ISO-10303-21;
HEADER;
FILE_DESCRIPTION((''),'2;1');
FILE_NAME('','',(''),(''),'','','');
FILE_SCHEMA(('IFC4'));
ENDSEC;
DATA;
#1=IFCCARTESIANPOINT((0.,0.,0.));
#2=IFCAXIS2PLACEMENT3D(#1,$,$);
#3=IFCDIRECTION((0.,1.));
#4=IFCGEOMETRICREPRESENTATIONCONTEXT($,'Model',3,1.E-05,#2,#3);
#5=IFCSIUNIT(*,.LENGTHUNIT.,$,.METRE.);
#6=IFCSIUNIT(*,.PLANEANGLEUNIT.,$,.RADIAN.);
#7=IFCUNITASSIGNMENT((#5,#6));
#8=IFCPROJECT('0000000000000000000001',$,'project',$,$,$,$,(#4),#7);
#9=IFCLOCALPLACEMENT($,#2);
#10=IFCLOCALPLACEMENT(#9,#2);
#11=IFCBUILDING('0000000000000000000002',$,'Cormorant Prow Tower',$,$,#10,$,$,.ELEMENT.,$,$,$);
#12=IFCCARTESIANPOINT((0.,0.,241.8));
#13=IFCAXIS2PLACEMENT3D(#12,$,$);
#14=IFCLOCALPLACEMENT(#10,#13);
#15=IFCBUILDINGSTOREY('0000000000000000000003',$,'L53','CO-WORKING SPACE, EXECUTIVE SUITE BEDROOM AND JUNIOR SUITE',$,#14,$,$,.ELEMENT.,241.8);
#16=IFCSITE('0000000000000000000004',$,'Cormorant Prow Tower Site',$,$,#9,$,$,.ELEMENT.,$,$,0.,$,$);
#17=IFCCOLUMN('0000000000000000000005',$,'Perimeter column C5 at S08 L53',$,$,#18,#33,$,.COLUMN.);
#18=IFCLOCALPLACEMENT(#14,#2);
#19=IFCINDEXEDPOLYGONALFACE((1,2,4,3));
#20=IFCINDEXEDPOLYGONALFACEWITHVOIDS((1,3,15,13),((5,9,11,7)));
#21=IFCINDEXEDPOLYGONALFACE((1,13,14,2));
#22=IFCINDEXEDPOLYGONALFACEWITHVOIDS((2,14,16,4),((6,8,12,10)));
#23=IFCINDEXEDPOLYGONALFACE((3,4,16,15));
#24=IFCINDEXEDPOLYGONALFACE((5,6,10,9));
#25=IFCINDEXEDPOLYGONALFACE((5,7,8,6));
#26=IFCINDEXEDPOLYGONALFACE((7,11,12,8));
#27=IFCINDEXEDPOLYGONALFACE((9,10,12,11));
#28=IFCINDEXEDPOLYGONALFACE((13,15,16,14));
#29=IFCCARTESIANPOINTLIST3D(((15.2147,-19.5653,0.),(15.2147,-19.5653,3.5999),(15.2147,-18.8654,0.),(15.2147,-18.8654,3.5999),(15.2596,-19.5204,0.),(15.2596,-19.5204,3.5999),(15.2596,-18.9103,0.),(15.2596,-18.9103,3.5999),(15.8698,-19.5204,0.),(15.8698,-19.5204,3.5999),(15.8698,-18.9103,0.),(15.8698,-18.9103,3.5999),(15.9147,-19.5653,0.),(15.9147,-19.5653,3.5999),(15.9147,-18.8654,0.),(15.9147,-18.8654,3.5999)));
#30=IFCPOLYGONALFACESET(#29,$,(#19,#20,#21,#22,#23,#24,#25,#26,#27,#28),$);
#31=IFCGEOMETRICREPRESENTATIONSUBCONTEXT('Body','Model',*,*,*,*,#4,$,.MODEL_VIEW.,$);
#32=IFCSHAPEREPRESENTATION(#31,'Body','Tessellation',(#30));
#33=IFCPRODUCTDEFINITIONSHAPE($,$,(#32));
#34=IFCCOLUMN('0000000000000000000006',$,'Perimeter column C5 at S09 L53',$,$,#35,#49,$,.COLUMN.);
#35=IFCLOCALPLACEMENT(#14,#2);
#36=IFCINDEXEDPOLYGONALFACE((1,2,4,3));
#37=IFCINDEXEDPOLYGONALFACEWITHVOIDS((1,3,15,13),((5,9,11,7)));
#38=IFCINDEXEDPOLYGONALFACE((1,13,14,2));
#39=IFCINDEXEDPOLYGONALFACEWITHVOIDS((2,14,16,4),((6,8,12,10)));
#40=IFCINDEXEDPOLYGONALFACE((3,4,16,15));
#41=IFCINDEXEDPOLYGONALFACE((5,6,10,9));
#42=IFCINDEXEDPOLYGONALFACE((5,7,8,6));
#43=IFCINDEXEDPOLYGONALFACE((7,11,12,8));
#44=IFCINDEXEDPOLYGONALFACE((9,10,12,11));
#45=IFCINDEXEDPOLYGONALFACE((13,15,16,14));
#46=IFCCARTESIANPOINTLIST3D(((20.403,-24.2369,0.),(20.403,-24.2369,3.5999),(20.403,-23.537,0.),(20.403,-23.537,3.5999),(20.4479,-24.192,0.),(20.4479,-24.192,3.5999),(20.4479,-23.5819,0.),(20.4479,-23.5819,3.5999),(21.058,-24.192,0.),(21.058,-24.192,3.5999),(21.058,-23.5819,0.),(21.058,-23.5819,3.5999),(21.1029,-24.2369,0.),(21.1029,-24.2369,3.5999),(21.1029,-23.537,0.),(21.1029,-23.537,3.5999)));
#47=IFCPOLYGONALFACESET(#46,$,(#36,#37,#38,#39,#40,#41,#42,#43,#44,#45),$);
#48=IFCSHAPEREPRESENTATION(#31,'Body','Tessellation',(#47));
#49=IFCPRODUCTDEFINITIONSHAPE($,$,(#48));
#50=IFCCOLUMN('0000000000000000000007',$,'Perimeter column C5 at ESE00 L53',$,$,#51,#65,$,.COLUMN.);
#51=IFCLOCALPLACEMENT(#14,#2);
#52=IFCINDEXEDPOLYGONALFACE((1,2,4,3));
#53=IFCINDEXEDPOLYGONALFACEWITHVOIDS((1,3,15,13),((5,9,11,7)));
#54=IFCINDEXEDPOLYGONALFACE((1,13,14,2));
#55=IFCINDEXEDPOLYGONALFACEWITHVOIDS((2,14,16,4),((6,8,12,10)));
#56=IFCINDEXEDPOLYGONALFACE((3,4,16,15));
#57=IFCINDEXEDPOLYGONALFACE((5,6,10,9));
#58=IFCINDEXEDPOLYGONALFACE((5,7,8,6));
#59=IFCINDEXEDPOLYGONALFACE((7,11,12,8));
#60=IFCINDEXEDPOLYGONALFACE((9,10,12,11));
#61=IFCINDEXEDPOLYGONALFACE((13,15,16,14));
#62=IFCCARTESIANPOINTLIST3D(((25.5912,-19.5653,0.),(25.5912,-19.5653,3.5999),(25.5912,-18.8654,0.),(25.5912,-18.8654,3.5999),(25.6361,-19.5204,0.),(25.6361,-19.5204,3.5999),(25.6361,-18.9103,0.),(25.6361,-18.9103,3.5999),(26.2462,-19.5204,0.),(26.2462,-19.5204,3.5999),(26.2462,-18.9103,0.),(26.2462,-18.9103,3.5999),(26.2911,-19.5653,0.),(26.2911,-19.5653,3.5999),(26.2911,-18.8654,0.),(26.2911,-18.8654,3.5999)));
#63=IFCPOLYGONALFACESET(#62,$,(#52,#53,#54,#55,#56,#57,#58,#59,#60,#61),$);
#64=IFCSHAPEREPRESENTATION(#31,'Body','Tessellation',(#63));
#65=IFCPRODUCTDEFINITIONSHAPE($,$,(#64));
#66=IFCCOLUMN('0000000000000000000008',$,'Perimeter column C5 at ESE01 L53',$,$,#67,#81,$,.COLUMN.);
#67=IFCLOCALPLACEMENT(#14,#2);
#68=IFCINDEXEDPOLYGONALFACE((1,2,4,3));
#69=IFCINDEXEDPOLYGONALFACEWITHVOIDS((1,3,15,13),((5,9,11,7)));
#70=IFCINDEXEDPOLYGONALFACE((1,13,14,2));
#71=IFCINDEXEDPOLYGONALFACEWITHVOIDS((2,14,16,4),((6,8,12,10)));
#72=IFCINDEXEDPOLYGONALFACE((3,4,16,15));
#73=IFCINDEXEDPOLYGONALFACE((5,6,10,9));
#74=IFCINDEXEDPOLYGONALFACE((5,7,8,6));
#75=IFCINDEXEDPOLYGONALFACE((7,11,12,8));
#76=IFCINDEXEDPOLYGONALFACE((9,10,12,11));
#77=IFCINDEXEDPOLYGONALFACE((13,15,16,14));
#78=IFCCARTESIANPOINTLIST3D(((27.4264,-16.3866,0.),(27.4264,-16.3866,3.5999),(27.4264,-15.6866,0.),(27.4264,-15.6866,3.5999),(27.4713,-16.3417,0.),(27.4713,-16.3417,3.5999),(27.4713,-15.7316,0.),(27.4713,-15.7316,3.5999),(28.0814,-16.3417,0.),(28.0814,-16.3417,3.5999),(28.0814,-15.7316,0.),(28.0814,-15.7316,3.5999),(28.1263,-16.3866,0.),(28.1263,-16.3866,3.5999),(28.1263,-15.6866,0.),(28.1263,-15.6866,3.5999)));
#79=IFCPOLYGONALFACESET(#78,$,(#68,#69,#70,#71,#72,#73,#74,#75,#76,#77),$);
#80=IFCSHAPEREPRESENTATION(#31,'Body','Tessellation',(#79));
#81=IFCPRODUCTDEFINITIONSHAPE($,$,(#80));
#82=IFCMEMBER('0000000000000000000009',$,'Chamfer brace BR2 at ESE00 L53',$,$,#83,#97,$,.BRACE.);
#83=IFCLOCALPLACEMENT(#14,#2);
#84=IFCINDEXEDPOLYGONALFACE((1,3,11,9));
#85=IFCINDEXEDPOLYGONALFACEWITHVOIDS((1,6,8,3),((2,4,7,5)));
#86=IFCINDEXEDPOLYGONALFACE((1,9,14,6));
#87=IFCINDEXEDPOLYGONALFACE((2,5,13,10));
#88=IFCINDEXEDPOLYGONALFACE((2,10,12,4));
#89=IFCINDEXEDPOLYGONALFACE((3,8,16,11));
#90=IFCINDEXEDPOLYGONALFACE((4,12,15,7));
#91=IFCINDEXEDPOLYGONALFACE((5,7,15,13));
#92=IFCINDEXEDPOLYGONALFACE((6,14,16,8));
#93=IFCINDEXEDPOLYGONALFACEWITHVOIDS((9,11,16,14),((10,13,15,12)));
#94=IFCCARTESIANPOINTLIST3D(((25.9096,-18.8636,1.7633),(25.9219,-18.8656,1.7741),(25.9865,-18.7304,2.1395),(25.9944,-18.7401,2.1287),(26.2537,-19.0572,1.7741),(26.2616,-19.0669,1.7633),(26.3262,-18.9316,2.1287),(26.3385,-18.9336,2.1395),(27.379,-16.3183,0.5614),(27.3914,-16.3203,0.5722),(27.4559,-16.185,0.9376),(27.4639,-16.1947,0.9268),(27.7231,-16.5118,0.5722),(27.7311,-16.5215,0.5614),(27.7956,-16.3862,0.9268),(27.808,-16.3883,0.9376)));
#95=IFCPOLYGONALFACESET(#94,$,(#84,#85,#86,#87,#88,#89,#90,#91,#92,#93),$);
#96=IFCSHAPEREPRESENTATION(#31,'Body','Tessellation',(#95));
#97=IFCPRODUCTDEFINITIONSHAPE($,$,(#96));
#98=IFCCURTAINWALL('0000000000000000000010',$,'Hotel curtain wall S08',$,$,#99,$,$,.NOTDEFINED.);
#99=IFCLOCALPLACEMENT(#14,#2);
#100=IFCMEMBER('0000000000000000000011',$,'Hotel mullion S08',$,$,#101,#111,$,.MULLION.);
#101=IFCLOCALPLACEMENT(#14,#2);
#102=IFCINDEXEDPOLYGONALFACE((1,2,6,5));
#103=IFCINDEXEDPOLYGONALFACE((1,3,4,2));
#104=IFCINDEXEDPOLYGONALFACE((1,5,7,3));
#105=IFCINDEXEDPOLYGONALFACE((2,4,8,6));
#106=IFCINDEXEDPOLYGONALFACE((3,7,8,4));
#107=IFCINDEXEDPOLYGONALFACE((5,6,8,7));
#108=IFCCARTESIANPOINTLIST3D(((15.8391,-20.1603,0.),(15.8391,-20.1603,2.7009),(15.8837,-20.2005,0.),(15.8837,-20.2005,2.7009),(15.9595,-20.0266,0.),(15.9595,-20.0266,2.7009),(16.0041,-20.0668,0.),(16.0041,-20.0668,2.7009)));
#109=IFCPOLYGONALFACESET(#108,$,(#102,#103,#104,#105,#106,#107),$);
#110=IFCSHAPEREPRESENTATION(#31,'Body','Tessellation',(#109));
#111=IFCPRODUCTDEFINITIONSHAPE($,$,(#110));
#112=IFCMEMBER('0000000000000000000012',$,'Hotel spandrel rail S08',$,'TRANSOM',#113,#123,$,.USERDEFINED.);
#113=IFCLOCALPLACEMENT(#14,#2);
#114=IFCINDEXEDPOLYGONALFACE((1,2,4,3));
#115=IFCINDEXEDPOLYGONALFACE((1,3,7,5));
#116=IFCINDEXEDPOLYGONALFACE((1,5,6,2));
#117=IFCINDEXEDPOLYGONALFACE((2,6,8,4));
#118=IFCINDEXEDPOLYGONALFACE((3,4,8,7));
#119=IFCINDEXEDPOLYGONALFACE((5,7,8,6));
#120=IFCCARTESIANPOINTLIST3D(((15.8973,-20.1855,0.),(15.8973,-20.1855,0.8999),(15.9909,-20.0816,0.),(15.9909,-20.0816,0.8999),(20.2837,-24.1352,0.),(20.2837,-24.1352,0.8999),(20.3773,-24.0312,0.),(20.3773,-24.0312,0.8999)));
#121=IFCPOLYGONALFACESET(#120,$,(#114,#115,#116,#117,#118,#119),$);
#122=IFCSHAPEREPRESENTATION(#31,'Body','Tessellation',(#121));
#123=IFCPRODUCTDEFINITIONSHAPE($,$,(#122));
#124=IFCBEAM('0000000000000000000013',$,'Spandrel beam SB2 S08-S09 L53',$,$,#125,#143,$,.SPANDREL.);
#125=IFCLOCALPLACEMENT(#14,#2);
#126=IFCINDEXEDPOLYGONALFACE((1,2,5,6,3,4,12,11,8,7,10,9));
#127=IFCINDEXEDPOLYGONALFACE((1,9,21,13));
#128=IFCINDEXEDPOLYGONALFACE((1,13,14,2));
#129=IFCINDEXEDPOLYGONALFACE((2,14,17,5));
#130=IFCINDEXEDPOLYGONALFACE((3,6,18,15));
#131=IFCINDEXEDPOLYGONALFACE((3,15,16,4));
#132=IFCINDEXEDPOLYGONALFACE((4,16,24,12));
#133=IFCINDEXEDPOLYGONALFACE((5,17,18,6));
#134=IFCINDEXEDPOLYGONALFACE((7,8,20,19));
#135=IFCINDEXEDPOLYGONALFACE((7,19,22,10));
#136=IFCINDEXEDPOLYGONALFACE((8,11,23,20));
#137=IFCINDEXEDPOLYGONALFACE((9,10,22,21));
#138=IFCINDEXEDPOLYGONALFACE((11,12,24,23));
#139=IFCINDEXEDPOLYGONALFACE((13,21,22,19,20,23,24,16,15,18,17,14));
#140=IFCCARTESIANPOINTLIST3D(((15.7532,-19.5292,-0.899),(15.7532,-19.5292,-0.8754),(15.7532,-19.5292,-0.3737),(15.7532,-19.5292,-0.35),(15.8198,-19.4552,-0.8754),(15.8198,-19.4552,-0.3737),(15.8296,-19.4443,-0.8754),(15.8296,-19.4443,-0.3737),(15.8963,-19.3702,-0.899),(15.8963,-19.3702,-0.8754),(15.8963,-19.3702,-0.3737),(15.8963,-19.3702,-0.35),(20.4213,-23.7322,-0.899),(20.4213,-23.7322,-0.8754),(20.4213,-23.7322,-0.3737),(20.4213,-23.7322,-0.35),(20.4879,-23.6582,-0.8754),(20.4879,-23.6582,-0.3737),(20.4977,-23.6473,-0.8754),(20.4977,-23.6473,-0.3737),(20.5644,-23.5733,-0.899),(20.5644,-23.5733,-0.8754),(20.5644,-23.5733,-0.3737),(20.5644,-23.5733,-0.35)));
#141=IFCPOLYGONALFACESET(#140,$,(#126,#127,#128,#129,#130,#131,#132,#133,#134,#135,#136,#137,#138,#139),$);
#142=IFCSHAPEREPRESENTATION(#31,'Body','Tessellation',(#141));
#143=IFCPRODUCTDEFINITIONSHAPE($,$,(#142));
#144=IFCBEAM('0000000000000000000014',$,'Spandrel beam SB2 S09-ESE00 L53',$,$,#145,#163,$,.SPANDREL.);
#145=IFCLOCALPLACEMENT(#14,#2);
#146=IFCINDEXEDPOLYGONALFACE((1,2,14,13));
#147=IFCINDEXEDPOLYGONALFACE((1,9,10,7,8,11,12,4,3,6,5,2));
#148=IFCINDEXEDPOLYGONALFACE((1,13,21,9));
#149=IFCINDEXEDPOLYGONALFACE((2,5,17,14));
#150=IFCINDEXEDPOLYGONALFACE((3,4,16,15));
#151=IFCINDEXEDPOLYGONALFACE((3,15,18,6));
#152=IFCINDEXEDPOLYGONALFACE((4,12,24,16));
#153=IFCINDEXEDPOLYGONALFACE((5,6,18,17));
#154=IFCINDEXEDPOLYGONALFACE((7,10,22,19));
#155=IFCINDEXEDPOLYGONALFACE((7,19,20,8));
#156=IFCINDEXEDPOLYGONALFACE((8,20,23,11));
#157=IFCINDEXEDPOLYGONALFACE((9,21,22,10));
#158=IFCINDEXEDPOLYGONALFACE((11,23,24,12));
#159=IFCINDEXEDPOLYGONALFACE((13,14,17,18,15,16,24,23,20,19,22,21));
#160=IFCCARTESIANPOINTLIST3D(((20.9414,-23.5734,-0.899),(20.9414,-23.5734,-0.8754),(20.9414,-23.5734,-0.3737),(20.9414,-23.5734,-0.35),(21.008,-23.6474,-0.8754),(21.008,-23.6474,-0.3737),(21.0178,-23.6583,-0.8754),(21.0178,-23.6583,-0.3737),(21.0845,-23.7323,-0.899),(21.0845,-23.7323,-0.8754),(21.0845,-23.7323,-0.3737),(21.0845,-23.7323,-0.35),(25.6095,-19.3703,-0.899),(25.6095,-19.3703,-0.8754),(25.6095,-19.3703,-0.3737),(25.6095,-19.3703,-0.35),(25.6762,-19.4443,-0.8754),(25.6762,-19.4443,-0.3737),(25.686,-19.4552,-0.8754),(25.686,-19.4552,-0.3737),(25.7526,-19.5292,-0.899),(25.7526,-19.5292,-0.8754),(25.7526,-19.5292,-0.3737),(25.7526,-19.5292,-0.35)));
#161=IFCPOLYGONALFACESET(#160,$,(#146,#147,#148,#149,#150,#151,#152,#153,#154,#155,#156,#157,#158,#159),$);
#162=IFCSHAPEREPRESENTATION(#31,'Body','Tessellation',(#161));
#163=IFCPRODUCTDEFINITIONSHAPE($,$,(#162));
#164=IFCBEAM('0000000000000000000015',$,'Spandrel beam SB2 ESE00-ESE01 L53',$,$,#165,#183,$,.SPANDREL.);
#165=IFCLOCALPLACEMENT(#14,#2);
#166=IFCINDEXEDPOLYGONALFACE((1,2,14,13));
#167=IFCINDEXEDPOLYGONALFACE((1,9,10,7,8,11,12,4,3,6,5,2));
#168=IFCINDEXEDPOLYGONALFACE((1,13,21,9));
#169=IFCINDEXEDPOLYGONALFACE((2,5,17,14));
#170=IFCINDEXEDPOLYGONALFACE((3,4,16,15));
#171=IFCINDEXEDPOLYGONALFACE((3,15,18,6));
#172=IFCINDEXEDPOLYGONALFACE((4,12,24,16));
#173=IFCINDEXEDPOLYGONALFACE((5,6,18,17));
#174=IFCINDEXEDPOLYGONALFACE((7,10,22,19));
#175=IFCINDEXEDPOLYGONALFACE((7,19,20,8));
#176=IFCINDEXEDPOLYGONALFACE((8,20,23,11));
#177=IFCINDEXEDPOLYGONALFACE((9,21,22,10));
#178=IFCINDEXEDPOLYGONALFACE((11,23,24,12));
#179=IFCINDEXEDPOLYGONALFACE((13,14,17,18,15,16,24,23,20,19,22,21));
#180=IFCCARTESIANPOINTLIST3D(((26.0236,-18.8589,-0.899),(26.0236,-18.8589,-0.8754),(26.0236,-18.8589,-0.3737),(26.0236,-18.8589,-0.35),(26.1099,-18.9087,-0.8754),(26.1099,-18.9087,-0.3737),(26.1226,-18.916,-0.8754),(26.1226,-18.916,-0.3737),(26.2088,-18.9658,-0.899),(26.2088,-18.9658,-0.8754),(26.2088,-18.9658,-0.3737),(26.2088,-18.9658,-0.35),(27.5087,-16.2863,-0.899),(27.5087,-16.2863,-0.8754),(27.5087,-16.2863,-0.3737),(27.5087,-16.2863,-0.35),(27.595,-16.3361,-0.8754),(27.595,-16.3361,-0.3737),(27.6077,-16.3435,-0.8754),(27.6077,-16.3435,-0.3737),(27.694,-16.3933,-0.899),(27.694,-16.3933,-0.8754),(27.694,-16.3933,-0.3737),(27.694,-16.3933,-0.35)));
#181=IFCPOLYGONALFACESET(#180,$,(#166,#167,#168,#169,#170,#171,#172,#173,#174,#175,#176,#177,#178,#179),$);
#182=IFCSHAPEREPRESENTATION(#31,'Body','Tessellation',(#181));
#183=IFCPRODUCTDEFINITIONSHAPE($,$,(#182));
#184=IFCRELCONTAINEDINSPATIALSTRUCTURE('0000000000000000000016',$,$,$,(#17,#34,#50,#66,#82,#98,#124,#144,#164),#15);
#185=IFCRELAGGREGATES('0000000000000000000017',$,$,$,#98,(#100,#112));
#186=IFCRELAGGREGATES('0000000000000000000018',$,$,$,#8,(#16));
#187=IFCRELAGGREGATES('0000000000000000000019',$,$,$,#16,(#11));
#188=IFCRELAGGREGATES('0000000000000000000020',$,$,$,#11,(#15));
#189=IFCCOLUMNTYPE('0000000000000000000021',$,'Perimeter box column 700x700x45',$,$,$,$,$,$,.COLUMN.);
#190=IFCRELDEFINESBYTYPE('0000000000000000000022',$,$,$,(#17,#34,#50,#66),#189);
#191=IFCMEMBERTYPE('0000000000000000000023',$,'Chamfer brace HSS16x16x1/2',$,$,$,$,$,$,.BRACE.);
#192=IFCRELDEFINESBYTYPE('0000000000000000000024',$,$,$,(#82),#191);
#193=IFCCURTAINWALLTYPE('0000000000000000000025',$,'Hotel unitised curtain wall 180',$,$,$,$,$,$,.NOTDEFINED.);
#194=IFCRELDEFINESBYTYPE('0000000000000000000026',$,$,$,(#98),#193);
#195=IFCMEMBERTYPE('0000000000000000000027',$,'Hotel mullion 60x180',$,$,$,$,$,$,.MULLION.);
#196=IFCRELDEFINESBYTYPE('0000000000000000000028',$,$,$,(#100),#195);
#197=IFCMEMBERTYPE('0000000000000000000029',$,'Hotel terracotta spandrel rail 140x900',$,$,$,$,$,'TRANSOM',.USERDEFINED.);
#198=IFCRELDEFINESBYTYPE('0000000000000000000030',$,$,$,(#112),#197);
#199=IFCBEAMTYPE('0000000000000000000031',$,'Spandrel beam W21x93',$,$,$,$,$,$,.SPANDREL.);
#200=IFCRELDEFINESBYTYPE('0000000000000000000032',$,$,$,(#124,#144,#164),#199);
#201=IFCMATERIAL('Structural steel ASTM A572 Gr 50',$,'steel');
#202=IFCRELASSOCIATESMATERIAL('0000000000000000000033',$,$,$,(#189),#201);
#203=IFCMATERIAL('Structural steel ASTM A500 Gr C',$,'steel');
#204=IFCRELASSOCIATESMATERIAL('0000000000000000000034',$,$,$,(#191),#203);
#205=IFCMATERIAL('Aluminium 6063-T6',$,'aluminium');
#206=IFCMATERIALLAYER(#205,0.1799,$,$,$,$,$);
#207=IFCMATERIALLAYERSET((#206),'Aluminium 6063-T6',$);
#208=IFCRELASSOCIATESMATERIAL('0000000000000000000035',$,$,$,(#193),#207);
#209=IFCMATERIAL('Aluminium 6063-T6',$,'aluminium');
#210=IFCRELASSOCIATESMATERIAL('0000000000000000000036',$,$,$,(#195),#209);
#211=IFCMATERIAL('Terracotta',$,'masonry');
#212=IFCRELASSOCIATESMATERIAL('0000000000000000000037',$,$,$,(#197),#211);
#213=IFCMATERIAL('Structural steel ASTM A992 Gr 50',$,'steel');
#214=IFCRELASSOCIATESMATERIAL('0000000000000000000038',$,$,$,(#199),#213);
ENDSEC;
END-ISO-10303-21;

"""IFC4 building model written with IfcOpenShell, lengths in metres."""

from ifc_helpers import new_model, si_unit, direction, frame, origin, origin_2d, place, context, subcontext, project, spatial, rectangle, hollow_rectangle, i_section, extrude, material, layer, layer_set, material_profile, profile_set, type_object, element, aggregate, save


model = new_model("IFC4")

# Units and contexts
model_context = context("Model", 3, precision=1e-05, world=origin(), true_north=direction((0.0, 1.0)))
body_context = subcontext(model_context, "Body", "Model", "MODEL_VIEW")
ifc_project = project(units=[si_unit("LENGTHUNIT", "METRE"), si_unit("PLANEANGLEUNIT", "RADIAN")], contexts=[model_context])

# Site, building, storey
site_placement = place(None, origin())
site = spatial("IfcSite", under=ifc_project, at=site_placement, Name="Cormorant Prow Tower Site", CompositionType="ELEMENT", RefElevation=0.0)
building_placement = place(site_placement, origin())
building = spatial("IfcBuilding", under=site, at=building_placement, Name="Cormorant Prow Tower", CompositionType="ELEMENT")
storey_placement = place(building_placement, frame((0.0, 0.0, 241.8)))
storey = spatial("IfcBuildingStorey", under=building, at=storey_placement, Name="L53", Description="CO-WORKING SPACE, EXECUTIVE SUITE BEDROOM AND JUNIOR SUITE", CompositionType="ELEMENT", Elevation=241.8)

# Columns
ifc_material_1 = material(Name="Structural steel ASTM A572 Gr 50", Category="steel")
ifc_material_profile_1 = material_profile(ifc_material_1, hollow_rectangle(XDim=0.7, YDim=0.7, WallThickness=0.0449, at=origin_2d()), Name="Box 700x700x45")
ifc_profile_set_1 = profile_set([ifc_material_profile_1], Name="Structural steel ASTM A572 Gr 50")
column_type = type_object("IfcColumnType", Name="Perimeter box column 700x700x45", PredefinedType="COLUMN", material=ifc_profile_set_1)
for number, where, z_axis, x_axis, name in (
    (1, (15.5647, -19.2153, 0.0), (0.0, 0.0, 1.0), (1.0, 0.0, 0.0), "Perimeter column C5 at S08 L53"),
    (2, (20.7529, -23.887, 0.0), (0.0, 0.0, 1.0), (1.0, 0.0, 0.0), "Perimeter column C5 at S09 L53"),
    (3, (25.9412, -19.2153, 0.0), (0.0, 0.0, 1.0), (1.0, 0.0, 0.0), "Perimeter column C5 at ESE00 L53"),
    (4, (27.7764, -16.0366, 0.0), (0.0, 0.0, 1.0), (1.0, 0.0, 0.0), "Perimeter column C5 at ESE01 L53"),
):
    element("IfcColumn", number, at=place(storey_placement, frame(where, z_axis=z_axis, x_axis=x_axis)), inside=storey, type_object=column_type, Name=name, PredefinedType="COLUMN", context=body_context, shape_type="SweptSolid", body=[
        extrude(hollow_rectangle(XDim=0.7, YDim=0.7, WallThickness=0.0449, at=origin_2d()), origin(), (0.0, 0.0, 1.0), 3.5999),
    ])

# Member
ifc_material_2 = material(Name="Structural steel ASTM A500 Gr C", Category="steel")
ifc_material_profile_2 = material_profile(ifc_material_2, hollow_rectangle(XDim=0.4065, YDim=0.4065, WallThickness=0.0117, at=origin_2d()), Name="HSS16x16x1/2")
ifc_profile_set_2 = profile_set([ifc_material_profile_2], Name="Structural steel ASTM A500 Gr C")
member_type_1 = type_object("IfcMemberType", Name="Chamfer brace HSS16x16x1/2", PredefinedType="BRACE", material=ifc_profile_set_2)
member_1_placement = place(storey_placement, frame((27.5935, -16.3533, 0.7495), z_axis=(-0.462773, -0.801607, 0.378507), x_axis=(0.866042, -0.499972, 0.0)))
element("IfcMember", 5, at=member_1_placement, inside=storey, type_object=member_type_1, Name="Chamfer brace BR2 at ESE00 L53", PredefinedType="BRACE", context=body_context, shape_type="SweptSolid", body=[
    extrude(hollow_rectangle(XDim=0.4065, YDim=0.4065, WallThickness=0.0117, at=origin_2d()), origin(), (0.0, 0.0, 1.0), 3.1753),
])

# Curtain wall, members
ifc_material_3 = material(Name="Aluminium 6063-T6", Category="aluminium")
ifc_layer_1 = layer(ifc_material_3, 0.1799)
ifc_layer_set_1 = layer_set([ifc_layer_1], Name="Aluminium 6063-T6")
curtain_wall_type = type_object("IfcCurtainWallType", Name="Hotel unitised curtain wall 180", PredefinedType="NOTDEFINED", material=ifc_layer_set_1)
curtain_wall_placement = place(storey_placement, origin())
curtain_wall = element("IfcCurtainWall", 6, at=curtain_wall_placement, inside=storey, type_object=curtain_wall_type, Name="Hotel curtain wall S08", PredefinedType="NOTDEFINED")
ifc_material_4 = material(Name="Aluminium 6063-T6", Category="aluminium")
ifc_material_profile_3 = material_profile(ifc_material_4, rectangle(XDim=0.1799, YDim=0.0601, at=origin_2d()), Name="Hotel mullion 60x180")
ifc_profile_set_3 = profile_set([ifc_material_profile_3], Name="Aluminium 6063-T6")
member_type_2 = type_object("IfcMemberType", Name="Hotel mullion 60x180", PredefinedType="MULLION", material=ifc_profile_set_3)
member_2_placement = place(storey_placement, frame((15.9216, -20.1135, 0.0), z_axis=(0.0, 0.0, 1.0), x_axis=(0.669131, 0.743145, 0.0)))
member_2 = element("IfcMember", 7, at=member_2_placement, type_object=member_type_2, Name="Hotel mullion S08", PredefinedType="MULLION", context=body_context, shape_type="SweptSolid", body=[
    extrude(rectangle(XDim=0.1799, YDim=0.0601, at=origin_2d()), origin(), (0.0, 0.0, 1.0), 2.7009),
])
ifc_material_5 = material(Name="Terracotta", Category="masonry")
ifc_material_profile_4 = material_profile(ifc_material_5, rectangle(XDim=0.1399, YDim=0.8999, at=origin_2d()), Name="Hotel terracotta spandrel rail 140x900")
ifc_profile_set_4 = profile_set([ifc_material_profile_4], Name="Terracotta")
member_type_3 = type_object("IfcMemberType", Name="Hotel terracotta spandrel rail 140x900", ElementType="TRANSOM", PredefinedType="USERDEFINED", material=ifc_profile_set_4)
member_3_placement = place(storey_placement, frame((15.9441, -20.1335, 0.45), z_axis=(0.743136, -0.669141, 0.0), x_axis=(0.669141, 0.743136, 0.0)))
member_3 = element("IfcMember", 8, at=member_3_placement, type_object=member_type_3, Name="Hotel spandrel rail S08", ObjectType="TRANSOM", PredefinedType="USERDEFINED", context=body_context, shape_type="SweptSolid", body=[
    extrude(rectangle(XDim=0.1399, YDim=0.8999, at=origin_2d()), origin(), (0.0, 0.0, 1.0), 5.9026),
])

# Beams
ifc_material_6 = material(Name="Structural steel ASTM A992 Gr 50", Category="steel")
ifc_material_profile_5 = material_profile(ifc_material_6, i_section(OverallWidth=0.2139, OverallDepth=0.5491, WebThickness=0.0146, FlangeThickness=0.0237, at=origin_2d()), Name="W21x93")
ifc_profile_set_5 = profile_set([ifc_material_profile_5], Name="Structural steel ASTM A992 Gr 50")
beam_type = type_object("IfcBeamType", Name="Spandrel beam W21x93", PredefinedType="SPANDREL", material=ifc_profile_set_5)
for number, where, z_axis, x_axis, name in (
    (9, (15.8247, -19.4497, -0.6245), (0.743157, -0.669117, 0.0), (0.669117, 0.743157, 0.0), "Spandrel beam SB2 S08-S09 L53"),
    (10, (21.0129, -23.6528, -0.6245), (0.743157, 0.669117, 0.0), (-0.669117, 0.743157, 0.0), "Spandrel beam SB2 S09-ESE00 L53"),
):
    element("IfcBeam", number, at=place(storey_placement, frame(where, z_axis=z_axis, x_axis=x_axis)), inside=storey, type_object=beam_type, Name=name, PredefinedType="SPANDREL", context=body_context, shape_type="SweptSolid", body=[
        extrude(i_section(OverallWidth=0.2139, OverallDepth=0.5491, WebThickness=0.0146, FlangeThickness=0.0237, at=origin_2d()), origin(), (0.0, 0.0, 1.0), 6.2815),
    ])
for number, where, z_axis, x_axis, name in (
    (11, (26.1162, -18.9124, -0.6245), (0.499967, 0.866045, 0.0), (-0.866045, 0.499967, 0.0), "Spandrel beam SB2 ESE00-ESE01 L53"),
):
    element("IfcBeam", number, at=place(storey_placement, frame(where, z_axis=z_axis, x_axis=x_axis)), inside=storey, type_object=beam_type, Name=name, PredefinedType="SPANDREL", context=body_context, shape_type="SweptSolid", body=[
        extrude(i_section(OverallWidth=0.2139, OverallDepth=0.5491, WebThickness=0.0146, FlangeThickness=0.0237, at=origin_2d()), origin(), (0.0, 0.0, 1.0), 2.9705),
    ])

aggregate(curtain_wall, [member_2, member_3])

save(model, "model.ifc")
